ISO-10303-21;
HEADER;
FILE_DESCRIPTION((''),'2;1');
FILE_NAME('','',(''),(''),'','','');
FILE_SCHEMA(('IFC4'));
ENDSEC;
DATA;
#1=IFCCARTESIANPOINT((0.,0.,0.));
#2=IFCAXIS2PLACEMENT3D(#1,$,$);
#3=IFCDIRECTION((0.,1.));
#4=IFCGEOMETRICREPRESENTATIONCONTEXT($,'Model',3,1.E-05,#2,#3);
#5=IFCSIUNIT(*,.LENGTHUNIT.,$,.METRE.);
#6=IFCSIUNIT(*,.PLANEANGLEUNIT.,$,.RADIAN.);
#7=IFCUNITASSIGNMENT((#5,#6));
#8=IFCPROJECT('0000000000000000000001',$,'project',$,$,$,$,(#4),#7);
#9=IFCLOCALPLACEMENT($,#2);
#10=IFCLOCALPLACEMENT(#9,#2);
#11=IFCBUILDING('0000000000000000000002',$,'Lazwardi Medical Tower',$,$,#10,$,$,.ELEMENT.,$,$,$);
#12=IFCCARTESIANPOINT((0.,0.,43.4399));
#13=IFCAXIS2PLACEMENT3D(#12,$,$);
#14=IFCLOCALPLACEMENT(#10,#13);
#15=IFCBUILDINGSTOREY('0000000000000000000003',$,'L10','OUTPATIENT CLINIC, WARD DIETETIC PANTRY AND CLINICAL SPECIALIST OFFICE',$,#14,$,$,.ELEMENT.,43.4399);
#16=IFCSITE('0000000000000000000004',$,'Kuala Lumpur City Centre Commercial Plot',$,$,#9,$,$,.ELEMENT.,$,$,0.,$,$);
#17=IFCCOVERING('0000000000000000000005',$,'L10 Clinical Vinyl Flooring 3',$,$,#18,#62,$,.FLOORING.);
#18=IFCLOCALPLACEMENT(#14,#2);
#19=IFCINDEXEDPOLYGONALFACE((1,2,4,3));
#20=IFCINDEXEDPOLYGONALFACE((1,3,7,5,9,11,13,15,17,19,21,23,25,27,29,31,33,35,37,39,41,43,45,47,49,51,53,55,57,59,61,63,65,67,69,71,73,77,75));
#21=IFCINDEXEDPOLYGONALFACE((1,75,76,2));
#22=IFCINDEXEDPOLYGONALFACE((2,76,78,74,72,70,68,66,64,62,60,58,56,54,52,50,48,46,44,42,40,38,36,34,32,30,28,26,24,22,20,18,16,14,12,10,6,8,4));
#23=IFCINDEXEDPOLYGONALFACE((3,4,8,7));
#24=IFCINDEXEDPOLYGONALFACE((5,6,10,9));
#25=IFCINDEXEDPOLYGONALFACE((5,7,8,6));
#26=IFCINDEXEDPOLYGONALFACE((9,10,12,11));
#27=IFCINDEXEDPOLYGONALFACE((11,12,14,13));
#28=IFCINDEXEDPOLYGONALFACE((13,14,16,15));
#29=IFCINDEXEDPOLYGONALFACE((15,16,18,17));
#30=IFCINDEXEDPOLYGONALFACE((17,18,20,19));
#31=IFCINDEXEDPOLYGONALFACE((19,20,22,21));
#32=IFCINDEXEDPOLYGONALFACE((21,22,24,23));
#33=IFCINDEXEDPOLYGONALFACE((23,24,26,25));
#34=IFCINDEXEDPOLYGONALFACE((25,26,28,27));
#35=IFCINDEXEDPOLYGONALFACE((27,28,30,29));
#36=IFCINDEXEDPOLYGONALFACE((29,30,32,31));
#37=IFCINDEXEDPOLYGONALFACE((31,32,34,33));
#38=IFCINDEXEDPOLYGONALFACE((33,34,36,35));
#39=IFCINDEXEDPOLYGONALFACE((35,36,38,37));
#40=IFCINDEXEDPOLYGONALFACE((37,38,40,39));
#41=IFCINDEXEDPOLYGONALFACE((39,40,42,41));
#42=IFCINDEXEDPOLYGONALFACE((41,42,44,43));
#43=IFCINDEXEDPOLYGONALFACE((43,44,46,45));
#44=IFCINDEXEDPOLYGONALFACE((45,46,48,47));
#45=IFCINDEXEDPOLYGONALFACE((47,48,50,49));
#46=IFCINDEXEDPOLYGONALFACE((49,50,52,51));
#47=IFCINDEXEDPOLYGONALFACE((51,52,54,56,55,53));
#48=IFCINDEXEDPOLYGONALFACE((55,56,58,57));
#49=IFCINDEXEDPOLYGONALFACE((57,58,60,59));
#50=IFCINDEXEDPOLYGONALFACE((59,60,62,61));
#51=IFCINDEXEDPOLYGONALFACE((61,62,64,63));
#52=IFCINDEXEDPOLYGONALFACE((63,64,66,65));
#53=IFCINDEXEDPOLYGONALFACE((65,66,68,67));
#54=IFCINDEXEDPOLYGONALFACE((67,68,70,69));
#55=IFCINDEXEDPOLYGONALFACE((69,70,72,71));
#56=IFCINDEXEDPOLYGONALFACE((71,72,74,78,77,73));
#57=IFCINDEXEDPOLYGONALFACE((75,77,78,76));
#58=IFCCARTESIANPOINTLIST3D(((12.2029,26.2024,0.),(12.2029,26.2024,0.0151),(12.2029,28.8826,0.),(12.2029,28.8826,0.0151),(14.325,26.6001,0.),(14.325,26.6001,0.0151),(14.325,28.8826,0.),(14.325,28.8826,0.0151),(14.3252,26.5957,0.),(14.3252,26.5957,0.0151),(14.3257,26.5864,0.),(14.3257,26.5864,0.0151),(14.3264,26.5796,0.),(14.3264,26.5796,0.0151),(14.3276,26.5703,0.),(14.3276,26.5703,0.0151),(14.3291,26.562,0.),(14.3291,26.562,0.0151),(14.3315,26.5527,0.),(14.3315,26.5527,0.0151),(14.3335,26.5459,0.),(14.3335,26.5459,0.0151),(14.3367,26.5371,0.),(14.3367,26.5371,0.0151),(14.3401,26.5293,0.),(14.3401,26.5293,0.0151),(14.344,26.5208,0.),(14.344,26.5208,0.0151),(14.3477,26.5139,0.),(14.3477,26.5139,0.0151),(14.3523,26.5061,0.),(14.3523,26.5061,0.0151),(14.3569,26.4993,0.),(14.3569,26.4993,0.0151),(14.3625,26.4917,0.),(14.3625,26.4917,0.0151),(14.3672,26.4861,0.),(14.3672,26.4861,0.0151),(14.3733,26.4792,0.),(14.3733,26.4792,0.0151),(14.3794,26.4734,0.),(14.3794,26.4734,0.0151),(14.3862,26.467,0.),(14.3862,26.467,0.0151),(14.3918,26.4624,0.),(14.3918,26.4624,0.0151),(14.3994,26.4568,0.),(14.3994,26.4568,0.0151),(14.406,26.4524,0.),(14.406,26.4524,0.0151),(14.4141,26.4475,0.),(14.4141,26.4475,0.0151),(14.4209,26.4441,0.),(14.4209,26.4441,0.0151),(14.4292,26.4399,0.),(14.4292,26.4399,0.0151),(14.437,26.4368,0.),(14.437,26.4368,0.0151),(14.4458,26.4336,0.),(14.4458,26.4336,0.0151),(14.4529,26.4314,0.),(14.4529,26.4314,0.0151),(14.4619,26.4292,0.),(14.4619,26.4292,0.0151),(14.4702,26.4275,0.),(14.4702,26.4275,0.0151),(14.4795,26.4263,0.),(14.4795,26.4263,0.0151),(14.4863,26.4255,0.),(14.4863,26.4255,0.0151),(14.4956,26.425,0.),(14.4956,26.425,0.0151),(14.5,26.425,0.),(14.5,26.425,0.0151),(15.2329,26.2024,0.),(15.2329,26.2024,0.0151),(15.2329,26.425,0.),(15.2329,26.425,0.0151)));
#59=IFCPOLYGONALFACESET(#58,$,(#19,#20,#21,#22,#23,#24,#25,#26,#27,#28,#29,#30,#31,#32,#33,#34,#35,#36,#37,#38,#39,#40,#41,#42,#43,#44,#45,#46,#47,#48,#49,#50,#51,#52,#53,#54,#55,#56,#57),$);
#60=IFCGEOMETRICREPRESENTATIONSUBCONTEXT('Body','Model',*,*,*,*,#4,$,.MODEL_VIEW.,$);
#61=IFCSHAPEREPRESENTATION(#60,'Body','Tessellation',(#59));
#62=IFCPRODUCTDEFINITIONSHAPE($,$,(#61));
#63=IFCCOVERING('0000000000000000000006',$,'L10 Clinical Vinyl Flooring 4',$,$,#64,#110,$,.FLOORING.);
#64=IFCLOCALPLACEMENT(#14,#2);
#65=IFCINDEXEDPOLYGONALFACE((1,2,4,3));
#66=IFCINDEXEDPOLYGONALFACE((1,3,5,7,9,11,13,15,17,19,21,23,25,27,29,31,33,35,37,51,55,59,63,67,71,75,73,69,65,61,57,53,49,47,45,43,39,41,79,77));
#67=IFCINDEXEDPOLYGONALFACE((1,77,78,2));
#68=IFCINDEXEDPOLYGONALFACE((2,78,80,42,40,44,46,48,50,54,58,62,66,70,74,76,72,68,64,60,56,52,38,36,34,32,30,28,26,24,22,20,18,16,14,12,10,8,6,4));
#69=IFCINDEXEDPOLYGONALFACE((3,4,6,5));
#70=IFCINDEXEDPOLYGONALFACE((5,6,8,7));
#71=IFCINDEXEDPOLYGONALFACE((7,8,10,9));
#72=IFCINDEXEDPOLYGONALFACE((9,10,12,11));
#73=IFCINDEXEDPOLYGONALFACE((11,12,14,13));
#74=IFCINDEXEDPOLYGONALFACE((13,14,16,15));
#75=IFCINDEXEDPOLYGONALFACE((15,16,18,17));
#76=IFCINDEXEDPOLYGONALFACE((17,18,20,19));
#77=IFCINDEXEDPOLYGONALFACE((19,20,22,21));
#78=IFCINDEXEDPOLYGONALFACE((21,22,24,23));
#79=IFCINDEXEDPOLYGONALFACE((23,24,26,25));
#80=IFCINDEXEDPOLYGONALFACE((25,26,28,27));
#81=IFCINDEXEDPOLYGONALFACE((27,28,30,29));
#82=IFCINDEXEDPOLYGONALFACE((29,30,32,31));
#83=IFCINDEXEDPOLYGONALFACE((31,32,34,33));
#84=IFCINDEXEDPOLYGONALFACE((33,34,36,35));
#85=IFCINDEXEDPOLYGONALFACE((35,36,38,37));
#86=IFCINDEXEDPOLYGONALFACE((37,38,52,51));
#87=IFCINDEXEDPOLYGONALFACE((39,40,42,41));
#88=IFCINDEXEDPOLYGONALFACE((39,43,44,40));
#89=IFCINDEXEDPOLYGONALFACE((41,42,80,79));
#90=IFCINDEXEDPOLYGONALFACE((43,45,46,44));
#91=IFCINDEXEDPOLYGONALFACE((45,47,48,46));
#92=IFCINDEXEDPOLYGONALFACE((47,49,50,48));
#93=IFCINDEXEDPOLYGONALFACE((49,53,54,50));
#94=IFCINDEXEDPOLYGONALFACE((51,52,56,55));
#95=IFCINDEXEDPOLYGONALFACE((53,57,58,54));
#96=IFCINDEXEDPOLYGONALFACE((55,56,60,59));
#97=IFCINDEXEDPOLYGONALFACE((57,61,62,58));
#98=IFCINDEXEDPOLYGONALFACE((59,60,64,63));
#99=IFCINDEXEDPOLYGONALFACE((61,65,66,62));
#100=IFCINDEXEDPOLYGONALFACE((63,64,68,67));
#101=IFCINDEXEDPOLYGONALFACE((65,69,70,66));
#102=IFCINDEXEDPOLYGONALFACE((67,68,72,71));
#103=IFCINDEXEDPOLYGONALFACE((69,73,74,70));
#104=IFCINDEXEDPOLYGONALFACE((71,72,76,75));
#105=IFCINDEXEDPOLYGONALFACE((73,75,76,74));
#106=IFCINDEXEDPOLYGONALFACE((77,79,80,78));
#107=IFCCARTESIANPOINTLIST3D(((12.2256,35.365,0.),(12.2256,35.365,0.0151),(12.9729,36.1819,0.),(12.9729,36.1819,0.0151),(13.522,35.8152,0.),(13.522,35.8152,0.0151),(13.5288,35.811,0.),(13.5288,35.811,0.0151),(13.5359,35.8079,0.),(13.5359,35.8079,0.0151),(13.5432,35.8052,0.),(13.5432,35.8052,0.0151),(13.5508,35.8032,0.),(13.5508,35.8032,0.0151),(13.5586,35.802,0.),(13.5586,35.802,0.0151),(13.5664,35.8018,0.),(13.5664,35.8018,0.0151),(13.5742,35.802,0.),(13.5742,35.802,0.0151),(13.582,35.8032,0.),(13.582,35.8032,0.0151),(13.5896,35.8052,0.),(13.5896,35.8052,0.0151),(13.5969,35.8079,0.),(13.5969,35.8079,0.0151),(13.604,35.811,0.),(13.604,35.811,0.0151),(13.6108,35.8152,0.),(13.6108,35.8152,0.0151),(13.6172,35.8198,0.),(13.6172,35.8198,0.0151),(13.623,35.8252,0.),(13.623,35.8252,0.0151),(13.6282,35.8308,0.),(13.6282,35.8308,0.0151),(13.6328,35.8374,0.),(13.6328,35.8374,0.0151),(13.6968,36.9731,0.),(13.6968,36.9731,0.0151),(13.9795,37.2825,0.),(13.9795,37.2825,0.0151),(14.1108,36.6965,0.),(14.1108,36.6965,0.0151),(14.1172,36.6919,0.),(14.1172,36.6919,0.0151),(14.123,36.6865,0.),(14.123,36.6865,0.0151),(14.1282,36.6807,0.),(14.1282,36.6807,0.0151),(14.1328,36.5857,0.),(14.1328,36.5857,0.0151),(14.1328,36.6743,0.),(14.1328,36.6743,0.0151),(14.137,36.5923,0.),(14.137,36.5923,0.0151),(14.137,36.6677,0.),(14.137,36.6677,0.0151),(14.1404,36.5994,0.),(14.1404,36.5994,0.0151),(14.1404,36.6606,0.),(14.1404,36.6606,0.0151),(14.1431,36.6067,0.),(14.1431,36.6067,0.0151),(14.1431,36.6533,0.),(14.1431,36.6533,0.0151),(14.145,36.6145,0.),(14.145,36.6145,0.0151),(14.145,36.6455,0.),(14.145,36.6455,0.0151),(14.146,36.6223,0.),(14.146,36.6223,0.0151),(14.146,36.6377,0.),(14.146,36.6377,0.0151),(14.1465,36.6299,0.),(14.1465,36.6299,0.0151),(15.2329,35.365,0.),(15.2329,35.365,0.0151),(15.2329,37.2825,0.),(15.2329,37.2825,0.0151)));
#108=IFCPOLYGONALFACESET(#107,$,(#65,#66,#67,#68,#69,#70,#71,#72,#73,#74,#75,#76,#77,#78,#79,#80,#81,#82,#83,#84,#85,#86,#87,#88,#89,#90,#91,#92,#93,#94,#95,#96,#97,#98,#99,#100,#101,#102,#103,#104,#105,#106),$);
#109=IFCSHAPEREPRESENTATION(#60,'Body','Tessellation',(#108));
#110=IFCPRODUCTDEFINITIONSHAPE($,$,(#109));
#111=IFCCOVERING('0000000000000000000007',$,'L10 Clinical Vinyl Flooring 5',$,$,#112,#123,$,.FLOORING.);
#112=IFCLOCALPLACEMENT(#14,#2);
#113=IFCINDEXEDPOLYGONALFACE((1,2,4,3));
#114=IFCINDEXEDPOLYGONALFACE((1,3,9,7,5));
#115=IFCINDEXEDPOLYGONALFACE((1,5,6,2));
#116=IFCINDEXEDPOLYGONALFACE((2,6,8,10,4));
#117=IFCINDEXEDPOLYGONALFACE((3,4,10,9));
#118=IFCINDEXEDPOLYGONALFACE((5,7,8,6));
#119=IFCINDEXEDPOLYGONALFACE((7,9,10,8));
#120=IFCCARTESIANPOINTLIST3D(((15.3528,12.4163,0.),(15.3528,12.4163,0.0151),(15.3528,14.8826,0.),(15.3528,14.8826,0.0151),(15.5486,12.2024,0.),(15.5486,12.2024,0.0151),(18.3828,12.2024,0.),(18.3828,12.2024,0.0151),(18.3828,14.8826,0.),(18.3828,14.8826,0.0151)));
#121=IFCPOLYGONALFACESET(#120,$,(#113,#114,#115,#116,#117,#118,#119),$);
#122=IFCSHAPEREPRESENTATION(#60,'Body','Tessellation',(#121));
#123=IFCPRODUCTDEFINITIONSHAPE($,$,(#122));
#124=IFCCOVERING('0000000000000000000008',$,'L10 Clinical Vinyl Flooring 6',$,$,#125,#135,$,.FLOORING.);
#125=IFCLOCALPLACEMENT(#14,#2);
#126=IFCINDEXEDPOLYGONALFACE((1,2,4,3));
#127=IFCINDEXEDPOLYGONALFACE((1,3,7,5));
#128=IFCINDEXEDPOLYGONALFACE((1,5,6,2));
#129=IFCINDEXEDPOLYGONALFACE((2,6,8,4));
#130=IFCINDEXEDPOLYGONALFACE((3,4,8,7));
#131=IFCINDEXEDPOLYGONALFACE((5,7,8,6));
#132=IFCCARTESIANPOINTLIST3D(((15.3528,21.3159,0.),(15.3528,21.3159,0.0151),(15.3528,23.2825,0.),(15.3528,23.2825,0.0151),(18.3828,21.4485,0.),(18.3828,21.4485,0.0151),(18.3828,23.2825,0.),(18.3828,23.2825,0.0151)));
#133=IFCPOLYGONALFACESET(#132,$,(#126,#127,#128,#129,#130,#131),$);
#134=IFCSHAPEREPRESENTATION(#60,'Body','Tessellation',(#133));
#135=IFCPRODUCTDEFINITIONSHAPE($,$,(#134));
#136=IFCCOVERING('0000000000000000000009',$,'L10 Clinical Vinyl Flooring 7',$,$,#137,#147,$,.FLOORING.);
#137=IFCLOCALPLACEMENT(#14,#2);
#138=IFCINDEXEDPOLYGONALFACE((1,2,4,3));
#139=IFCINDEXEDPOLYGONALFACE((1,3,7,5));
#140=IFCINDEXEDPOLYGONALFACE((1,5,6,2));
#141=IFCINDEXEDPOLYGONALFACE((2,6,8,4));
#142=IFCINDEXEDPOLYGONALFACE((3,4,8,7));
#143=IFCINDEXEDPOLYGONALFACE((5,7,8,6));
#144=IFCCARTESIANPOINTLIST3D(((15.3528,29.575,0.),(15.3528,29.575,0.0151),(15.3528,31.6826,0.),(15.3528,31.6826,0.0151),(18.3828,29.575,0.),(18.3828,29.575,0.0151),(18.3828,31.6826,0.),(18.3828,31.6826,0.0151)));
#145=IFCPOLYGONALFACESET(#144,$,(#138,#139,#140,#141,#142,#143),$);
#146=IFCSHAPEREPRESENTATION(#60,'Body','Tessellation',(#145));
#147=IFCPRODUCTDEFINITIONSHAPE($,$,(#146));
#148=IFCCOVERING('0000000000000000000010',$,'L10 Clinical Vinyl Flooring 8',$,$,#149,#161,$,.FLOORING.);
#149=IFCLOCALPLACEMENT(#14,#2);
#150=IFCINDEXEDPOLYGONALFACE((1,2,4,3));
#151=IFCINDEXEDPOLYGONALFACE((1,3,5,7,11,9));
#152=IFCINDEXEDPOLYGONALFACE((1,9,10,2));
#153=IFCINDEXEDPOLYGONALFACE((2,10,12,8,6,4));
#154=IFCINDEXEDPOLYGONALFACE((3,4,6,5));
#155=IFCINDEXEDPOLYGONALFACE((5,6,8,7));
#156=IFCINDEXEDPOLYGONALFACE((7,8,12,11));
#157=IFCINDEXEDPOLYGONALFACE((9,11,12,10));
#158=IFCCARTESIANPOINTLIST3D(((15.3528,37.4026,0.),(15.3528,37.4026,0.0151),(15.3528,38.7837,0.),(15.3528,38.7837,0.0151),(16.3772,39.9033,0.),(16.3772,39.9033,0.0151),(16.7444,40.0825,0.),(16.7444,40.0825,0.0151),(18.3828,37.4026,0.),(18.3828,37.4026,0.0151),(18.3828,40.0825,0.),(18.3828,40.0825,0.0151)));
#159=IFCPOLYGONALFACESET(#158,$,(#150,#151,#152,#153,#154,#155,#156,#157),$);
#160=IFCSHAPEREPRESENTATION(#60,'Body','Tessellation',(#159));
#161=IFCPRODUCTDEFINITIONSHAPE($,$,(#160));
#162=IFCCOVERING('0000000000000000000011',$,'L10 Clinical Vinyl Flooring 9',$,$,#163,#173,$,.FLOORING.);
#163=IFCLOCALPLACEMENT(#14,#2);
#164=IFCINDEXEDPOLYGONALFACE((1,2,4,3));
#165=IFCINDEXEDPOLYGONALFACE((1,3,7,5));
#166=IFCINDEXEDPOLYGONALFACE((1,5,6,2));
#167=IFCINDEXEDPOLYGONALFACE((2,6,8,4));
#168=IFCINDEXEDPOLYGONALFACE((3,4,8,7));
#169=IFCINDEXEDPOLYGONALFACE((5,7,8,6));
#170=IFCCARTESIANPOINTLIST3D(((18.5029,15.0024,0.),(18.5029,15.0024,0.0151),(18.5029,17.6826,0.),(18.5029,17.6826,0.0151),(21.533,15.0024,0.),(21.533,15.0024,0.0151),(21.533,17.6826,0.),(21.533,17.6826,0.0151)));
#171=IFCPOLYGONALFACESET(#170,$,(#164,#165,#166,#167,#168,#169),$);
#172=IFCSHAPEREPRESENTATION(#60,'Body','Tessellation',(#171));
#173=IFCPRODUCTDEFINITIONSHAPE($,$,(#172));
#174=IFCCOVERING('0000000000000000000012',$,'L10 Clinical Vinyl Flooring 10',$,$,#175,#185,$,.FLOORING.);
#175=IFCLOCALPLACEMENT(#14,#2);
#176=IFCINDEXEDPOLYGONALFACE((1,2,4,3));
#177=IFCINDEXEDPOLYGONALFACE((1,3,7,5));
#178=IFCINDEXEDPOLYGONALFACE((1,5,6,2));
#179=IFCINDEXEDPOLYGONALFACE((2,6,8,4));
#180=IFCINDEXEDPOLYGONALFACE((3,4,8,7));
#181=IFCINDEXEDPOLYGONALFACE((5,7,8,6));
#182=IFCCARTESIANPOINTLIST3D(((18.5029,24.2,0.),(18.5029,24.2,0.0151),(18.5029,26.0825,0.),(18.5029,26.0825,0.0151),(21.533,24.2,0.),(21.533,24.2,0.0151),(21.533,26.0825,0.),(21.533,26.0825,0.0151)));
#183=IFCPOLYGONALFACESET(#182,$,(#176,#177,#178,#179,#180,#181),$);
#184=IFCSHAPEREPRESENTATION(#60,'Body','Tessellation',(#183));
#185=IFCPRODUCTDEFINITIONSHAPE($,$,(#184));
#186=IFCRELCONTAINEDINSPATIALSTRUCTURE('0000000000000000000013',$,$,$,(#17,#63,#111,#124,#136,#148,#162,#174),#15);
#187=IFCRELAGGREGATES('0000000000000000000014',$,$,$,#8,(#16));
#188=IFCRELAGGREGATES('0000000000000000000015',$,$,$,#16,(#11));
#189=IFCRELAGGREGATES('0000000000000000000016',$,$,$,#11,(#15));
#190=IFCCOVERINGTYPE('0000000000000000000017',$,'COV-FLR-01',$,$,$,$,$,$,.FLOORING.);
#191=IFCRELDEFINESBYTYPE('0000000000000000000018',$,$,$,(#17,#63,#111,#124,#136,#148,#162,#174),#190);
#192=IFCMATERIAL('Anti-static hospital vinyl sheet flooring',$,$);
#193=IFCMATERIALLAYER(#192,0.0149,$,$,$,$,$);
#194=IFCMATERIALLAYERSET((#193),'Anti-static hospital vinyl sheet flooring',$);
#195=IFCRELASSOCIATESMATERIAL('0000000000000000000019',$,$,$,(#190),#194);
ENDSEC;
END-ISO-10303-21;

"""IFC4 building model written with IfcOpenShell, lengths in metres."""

from ifc_helpers import new_model, si_unit, direction, frame, origin, place, context, subcontext, project, spatial, polyline, outline, extrude, material, layer, layer_set, type_object, element, save


model = new_model("IFC4")

# Units and contexts
model_context = context("Model", 3, precision=1e-05, world=origin(), true_north=direction((0.0, 1.0)))
body_context = subcontext(model_context, "Body", "Model", "MODEL_VIEW")
ifc_project = project(units=[si_unit("LENGTHUNIT", "METRE"), si_unit("PLANEANGLEUNIT", "RADIAN")], contexts=[model_context])

# Site, building, storey
site_placement = place(None, origin())
site = spatial("IfcSite", under=ifc_project, at=site_placement, Name="Kuala Lumpur City Centre Commercial Plot", CompositionType="ELEMENT", RefElevation=0.0)
building_placement = place(site_placement, origin())
building = spatial("IfcBuilding", under=site, at=building_placement, Name="Lazwardi Medical Tower", CompositionType="ELEMENT")
storey_placement = place(building_placement, frame((0.0, 0.0, 43.4399)))
storey = spatial("IfcBuildingStorey", under=building, at=storey_placement, Name="L10", Description="OUTPATIENT CLINIC, WARD DIETETIC PANTRY AND CLINICAL SPECIALIST OFFICE", CompositionType="ELEMENT", Elevation=43.4399)

# Coverings
ifc_material_1 = material(Name="Anti-static hospital vinyl sheet flooring")
ifc_layer_1 = layer(ifc_material_1, 0.0149)
ifc_layer_set_1 = layer_set([ifc_layer_1], Name="Anti-static hospital vinyl sheet flooring")
covering_type_1 = type_object("IfcCoveringType", Name="COV-FLR-01", PredefinedType="FLOORING", material=ifc_layer_set_1)
covering_1_placement = place(storey_placement, origin())
element("IfcCovering", 1, at=covering_1_placement, inside=storey, type_object=covering_type_1, Name="L10 Clinical Vinyl Flooring 3", PredefinedType="FLOORING", context=body_context, shape_type="SweptSolid", body=[
    extrude(outline(polyline([(15.2329, 26.425), (14.5, 26.425), (14.4956, 26.425), (14.4863, 26.4255), (14.4795, 26.4263), (14.4702, 26.4275), (14.4619, 26.4292), (14.4529, 26.4314), (14.4458, 26.4336), (14.437, 26.4368), (14.4292, 26.4399), (14.4209, 26.4441), (14.4141, 26.4475), (14.406, 26.4524), (14.3994, 26.4568), (14.3918, 26.4624), (14.3862, 26.467), (14.3794, 26.4734), (14.3733, 26.4792), (14.3672, 26.4861), (14.3625, 26.4917), (14.3569, 26.4993), (14.3523, 26.5061), (14.3477, 26.5139), (14.344, 26.5208), (14.3401, 26.5293), (14.3367, 26.5371), (14.3335, 26.5459), (14.3315, 26.5527), (14.3291, 26.562), (14.3276, 26.5703), (14.3264, 26.5796), (14.3257, 26.5864), (14.3252, 26.5957), (14.325, 26.6001), (14.325, 28.8826), (12.2029, 28.8826), (12.2029, 26.2024), (15.2329, 26.2024), (15.2329, 26.425)])), origin(), (0.0, 0.0, 1.0), 0.0151),
])
covering_2_placement = place(storey_placement, origin())
element("IfcCovering", 2, at=covering_2_placement, inside=storey, type_object=covering_type_1, Name="L10 Clinical Vinyl Flooring 4", PredefinedType="FLOORING", context=body_context, shape_type="SweptSolid", body=[
    extrude(outline(polyline([(13.9795, 37.2825), (13.6968, 36.9731), (14.1108, 36.6965), (14.1172, 36.6919), (14.123, 36.6865), (14.1282, 36.6807), (14.1328, 36.6743), (14.137, 36.6677), (14.1404, 36.6606), (14.1431, 36.6533), (14.145, 36.6455), (14.146, 36.6377), (14.1465, 36.6299), (14.146, 36.6223), (14.145, 36.6145), (14.1431, 36.6067), (14.1404, 36.5994), (14.137, 36.5923), (14.1328, 36.5857), (13.6328, 35.8374), (13.6282, 35.8308), (13.623, 35.8252), (13.6172, 35.8198), (13.6108, 35.8152), (13.604, 35.811), (13.5969, 35.8079), (13.5896, 35.8052), (13.582, 35.8032), (13.5742, 35.802), (13.5664, 35.8018), (13.5586, 35.802), (13.5508, 35.8032), (13.5432, 35.8052), (13.5359, 35.8079), (13.5288, 35.811), (13.522, 35.8152), (12.9729, 36.1819), (12.2256, 35.365), (15.2329, 35.365), (15.2329, 37.2825), (13.9795, 37.2825)])), origin(), (0.0, 0.0, 1.0), 0.0151),
])
covering_3_placement = place(storey_placement, origin())
element("IfcCovering", 3, at=covering_3_placement, inside=storey, type_object=covering_type_1, Name="L10 Clinical Vinyl Flooring 5", PredefinedType="FLOORING", context=body_context, shape_type="SweptSolid", body=[
    extrude(outline(polyline([(15.3528, 12.4163), (15.5486, 12.2024), (18.3828, 12.2024), (18.3828, 14.8826), (15.3528, 14.8826), (15.3528, 12.4163)])), origin(), (0.0, 0.0, 1.0), 0.0151),
])
covering_4_placement = place(storey_placement, origin())
element("IfcCovering", 4, at=covering_4_placement, inside=storey, type_object=covering_type_1, Name="L10 Clinical Vinyl Flooring 6", PredefinedType="FLOORING", context=body_context, shape_type="SweptSolid", body=[
    extrude(outline(polyline([(15.3528, 21.3159), (18.3828, 21.4485), (18.3828, 23.2825), (15.3528, 23.2825), (15.3528, 21.3159)])), origin(), (0.0, 0.0, 1.0), 0.0151),
])
covering_5_placement = place(storey_placement, origin())
element("IfcCovering", 5, at=covering_5_placement, inside=storey, type_object=covering_type_1, Name="L10 Clinical Vinyl Flooring 7", PredefinedType="FLOORING", context=body_context, shape_type="SweptSolid", body=[
    extrude(outline(polyline([(15.3528, 29.575), (18.3828, 29.575), (18.3828, 31.6826), (15.3528, 31.6826), (15.3528, 29.575)])), origin(), (0.0, 0.0, 1.0), 0.0151),
])
covering_6_placement = place(storey_placement, origin())
element("IfcCovering", 6, at=covering_6_placement, inside=storey, type_object=covering_type_1, Name="L10 Clinical Vinyl Flooring 8", PredefinedType="FLOORING", context=body_context, shape_type="SweptSolid", body=[
    extrude(outline(polyline([(16.7444, 40.0825), (16.3772, 39.9033), (15.3528, 38.7837), (15.3528, 37.4026), (18.3828, 37.4026), (18.3828, 40.0825), (16.7444, 40.0825)])), origin(), (0.0, 0.0, 1.0), 0.0151),
])
covering_7_placement = place(storey_placement, origin())
element("IfcCovering", 7, at=covering_7_placement, inside=storey, type_object=covering_type_1, Name="L10 Clinical Vinyl Flooring 9", PredefinedType="FLOORING", context=body_context, shape_type="SweptSolid", body=[
    extrude(outline(polyline([(21.533, 15.0024), (21.533, 17.6826), (18.5029, 17.6826), (18.5029, 15.0024), (21.533, 15.0024)])), origin(), (0.0, 0.0, 1.0), 0.0151),
])
covering_8_placement = place(storey_placement, origin())
element("IfcCovering", 8, at=covering_8_placement, inside=storey, type_object=covering_type_1, Name="L10 Clinical Vinyl Flooring 10", PredefinedType="FLOORING", context=body_context, shape_type="SweptSolid", body=[
    extrude(outline(polyline([(18.5029, 24.2), (21.533, 24.2), (21.533, 26.0825), (18.5029, 26.0825), (18.5029, 24.2)])), origin(), (0.0, 0.0, 1.0), 0.0151),
])

save(model, "model.ifc")
